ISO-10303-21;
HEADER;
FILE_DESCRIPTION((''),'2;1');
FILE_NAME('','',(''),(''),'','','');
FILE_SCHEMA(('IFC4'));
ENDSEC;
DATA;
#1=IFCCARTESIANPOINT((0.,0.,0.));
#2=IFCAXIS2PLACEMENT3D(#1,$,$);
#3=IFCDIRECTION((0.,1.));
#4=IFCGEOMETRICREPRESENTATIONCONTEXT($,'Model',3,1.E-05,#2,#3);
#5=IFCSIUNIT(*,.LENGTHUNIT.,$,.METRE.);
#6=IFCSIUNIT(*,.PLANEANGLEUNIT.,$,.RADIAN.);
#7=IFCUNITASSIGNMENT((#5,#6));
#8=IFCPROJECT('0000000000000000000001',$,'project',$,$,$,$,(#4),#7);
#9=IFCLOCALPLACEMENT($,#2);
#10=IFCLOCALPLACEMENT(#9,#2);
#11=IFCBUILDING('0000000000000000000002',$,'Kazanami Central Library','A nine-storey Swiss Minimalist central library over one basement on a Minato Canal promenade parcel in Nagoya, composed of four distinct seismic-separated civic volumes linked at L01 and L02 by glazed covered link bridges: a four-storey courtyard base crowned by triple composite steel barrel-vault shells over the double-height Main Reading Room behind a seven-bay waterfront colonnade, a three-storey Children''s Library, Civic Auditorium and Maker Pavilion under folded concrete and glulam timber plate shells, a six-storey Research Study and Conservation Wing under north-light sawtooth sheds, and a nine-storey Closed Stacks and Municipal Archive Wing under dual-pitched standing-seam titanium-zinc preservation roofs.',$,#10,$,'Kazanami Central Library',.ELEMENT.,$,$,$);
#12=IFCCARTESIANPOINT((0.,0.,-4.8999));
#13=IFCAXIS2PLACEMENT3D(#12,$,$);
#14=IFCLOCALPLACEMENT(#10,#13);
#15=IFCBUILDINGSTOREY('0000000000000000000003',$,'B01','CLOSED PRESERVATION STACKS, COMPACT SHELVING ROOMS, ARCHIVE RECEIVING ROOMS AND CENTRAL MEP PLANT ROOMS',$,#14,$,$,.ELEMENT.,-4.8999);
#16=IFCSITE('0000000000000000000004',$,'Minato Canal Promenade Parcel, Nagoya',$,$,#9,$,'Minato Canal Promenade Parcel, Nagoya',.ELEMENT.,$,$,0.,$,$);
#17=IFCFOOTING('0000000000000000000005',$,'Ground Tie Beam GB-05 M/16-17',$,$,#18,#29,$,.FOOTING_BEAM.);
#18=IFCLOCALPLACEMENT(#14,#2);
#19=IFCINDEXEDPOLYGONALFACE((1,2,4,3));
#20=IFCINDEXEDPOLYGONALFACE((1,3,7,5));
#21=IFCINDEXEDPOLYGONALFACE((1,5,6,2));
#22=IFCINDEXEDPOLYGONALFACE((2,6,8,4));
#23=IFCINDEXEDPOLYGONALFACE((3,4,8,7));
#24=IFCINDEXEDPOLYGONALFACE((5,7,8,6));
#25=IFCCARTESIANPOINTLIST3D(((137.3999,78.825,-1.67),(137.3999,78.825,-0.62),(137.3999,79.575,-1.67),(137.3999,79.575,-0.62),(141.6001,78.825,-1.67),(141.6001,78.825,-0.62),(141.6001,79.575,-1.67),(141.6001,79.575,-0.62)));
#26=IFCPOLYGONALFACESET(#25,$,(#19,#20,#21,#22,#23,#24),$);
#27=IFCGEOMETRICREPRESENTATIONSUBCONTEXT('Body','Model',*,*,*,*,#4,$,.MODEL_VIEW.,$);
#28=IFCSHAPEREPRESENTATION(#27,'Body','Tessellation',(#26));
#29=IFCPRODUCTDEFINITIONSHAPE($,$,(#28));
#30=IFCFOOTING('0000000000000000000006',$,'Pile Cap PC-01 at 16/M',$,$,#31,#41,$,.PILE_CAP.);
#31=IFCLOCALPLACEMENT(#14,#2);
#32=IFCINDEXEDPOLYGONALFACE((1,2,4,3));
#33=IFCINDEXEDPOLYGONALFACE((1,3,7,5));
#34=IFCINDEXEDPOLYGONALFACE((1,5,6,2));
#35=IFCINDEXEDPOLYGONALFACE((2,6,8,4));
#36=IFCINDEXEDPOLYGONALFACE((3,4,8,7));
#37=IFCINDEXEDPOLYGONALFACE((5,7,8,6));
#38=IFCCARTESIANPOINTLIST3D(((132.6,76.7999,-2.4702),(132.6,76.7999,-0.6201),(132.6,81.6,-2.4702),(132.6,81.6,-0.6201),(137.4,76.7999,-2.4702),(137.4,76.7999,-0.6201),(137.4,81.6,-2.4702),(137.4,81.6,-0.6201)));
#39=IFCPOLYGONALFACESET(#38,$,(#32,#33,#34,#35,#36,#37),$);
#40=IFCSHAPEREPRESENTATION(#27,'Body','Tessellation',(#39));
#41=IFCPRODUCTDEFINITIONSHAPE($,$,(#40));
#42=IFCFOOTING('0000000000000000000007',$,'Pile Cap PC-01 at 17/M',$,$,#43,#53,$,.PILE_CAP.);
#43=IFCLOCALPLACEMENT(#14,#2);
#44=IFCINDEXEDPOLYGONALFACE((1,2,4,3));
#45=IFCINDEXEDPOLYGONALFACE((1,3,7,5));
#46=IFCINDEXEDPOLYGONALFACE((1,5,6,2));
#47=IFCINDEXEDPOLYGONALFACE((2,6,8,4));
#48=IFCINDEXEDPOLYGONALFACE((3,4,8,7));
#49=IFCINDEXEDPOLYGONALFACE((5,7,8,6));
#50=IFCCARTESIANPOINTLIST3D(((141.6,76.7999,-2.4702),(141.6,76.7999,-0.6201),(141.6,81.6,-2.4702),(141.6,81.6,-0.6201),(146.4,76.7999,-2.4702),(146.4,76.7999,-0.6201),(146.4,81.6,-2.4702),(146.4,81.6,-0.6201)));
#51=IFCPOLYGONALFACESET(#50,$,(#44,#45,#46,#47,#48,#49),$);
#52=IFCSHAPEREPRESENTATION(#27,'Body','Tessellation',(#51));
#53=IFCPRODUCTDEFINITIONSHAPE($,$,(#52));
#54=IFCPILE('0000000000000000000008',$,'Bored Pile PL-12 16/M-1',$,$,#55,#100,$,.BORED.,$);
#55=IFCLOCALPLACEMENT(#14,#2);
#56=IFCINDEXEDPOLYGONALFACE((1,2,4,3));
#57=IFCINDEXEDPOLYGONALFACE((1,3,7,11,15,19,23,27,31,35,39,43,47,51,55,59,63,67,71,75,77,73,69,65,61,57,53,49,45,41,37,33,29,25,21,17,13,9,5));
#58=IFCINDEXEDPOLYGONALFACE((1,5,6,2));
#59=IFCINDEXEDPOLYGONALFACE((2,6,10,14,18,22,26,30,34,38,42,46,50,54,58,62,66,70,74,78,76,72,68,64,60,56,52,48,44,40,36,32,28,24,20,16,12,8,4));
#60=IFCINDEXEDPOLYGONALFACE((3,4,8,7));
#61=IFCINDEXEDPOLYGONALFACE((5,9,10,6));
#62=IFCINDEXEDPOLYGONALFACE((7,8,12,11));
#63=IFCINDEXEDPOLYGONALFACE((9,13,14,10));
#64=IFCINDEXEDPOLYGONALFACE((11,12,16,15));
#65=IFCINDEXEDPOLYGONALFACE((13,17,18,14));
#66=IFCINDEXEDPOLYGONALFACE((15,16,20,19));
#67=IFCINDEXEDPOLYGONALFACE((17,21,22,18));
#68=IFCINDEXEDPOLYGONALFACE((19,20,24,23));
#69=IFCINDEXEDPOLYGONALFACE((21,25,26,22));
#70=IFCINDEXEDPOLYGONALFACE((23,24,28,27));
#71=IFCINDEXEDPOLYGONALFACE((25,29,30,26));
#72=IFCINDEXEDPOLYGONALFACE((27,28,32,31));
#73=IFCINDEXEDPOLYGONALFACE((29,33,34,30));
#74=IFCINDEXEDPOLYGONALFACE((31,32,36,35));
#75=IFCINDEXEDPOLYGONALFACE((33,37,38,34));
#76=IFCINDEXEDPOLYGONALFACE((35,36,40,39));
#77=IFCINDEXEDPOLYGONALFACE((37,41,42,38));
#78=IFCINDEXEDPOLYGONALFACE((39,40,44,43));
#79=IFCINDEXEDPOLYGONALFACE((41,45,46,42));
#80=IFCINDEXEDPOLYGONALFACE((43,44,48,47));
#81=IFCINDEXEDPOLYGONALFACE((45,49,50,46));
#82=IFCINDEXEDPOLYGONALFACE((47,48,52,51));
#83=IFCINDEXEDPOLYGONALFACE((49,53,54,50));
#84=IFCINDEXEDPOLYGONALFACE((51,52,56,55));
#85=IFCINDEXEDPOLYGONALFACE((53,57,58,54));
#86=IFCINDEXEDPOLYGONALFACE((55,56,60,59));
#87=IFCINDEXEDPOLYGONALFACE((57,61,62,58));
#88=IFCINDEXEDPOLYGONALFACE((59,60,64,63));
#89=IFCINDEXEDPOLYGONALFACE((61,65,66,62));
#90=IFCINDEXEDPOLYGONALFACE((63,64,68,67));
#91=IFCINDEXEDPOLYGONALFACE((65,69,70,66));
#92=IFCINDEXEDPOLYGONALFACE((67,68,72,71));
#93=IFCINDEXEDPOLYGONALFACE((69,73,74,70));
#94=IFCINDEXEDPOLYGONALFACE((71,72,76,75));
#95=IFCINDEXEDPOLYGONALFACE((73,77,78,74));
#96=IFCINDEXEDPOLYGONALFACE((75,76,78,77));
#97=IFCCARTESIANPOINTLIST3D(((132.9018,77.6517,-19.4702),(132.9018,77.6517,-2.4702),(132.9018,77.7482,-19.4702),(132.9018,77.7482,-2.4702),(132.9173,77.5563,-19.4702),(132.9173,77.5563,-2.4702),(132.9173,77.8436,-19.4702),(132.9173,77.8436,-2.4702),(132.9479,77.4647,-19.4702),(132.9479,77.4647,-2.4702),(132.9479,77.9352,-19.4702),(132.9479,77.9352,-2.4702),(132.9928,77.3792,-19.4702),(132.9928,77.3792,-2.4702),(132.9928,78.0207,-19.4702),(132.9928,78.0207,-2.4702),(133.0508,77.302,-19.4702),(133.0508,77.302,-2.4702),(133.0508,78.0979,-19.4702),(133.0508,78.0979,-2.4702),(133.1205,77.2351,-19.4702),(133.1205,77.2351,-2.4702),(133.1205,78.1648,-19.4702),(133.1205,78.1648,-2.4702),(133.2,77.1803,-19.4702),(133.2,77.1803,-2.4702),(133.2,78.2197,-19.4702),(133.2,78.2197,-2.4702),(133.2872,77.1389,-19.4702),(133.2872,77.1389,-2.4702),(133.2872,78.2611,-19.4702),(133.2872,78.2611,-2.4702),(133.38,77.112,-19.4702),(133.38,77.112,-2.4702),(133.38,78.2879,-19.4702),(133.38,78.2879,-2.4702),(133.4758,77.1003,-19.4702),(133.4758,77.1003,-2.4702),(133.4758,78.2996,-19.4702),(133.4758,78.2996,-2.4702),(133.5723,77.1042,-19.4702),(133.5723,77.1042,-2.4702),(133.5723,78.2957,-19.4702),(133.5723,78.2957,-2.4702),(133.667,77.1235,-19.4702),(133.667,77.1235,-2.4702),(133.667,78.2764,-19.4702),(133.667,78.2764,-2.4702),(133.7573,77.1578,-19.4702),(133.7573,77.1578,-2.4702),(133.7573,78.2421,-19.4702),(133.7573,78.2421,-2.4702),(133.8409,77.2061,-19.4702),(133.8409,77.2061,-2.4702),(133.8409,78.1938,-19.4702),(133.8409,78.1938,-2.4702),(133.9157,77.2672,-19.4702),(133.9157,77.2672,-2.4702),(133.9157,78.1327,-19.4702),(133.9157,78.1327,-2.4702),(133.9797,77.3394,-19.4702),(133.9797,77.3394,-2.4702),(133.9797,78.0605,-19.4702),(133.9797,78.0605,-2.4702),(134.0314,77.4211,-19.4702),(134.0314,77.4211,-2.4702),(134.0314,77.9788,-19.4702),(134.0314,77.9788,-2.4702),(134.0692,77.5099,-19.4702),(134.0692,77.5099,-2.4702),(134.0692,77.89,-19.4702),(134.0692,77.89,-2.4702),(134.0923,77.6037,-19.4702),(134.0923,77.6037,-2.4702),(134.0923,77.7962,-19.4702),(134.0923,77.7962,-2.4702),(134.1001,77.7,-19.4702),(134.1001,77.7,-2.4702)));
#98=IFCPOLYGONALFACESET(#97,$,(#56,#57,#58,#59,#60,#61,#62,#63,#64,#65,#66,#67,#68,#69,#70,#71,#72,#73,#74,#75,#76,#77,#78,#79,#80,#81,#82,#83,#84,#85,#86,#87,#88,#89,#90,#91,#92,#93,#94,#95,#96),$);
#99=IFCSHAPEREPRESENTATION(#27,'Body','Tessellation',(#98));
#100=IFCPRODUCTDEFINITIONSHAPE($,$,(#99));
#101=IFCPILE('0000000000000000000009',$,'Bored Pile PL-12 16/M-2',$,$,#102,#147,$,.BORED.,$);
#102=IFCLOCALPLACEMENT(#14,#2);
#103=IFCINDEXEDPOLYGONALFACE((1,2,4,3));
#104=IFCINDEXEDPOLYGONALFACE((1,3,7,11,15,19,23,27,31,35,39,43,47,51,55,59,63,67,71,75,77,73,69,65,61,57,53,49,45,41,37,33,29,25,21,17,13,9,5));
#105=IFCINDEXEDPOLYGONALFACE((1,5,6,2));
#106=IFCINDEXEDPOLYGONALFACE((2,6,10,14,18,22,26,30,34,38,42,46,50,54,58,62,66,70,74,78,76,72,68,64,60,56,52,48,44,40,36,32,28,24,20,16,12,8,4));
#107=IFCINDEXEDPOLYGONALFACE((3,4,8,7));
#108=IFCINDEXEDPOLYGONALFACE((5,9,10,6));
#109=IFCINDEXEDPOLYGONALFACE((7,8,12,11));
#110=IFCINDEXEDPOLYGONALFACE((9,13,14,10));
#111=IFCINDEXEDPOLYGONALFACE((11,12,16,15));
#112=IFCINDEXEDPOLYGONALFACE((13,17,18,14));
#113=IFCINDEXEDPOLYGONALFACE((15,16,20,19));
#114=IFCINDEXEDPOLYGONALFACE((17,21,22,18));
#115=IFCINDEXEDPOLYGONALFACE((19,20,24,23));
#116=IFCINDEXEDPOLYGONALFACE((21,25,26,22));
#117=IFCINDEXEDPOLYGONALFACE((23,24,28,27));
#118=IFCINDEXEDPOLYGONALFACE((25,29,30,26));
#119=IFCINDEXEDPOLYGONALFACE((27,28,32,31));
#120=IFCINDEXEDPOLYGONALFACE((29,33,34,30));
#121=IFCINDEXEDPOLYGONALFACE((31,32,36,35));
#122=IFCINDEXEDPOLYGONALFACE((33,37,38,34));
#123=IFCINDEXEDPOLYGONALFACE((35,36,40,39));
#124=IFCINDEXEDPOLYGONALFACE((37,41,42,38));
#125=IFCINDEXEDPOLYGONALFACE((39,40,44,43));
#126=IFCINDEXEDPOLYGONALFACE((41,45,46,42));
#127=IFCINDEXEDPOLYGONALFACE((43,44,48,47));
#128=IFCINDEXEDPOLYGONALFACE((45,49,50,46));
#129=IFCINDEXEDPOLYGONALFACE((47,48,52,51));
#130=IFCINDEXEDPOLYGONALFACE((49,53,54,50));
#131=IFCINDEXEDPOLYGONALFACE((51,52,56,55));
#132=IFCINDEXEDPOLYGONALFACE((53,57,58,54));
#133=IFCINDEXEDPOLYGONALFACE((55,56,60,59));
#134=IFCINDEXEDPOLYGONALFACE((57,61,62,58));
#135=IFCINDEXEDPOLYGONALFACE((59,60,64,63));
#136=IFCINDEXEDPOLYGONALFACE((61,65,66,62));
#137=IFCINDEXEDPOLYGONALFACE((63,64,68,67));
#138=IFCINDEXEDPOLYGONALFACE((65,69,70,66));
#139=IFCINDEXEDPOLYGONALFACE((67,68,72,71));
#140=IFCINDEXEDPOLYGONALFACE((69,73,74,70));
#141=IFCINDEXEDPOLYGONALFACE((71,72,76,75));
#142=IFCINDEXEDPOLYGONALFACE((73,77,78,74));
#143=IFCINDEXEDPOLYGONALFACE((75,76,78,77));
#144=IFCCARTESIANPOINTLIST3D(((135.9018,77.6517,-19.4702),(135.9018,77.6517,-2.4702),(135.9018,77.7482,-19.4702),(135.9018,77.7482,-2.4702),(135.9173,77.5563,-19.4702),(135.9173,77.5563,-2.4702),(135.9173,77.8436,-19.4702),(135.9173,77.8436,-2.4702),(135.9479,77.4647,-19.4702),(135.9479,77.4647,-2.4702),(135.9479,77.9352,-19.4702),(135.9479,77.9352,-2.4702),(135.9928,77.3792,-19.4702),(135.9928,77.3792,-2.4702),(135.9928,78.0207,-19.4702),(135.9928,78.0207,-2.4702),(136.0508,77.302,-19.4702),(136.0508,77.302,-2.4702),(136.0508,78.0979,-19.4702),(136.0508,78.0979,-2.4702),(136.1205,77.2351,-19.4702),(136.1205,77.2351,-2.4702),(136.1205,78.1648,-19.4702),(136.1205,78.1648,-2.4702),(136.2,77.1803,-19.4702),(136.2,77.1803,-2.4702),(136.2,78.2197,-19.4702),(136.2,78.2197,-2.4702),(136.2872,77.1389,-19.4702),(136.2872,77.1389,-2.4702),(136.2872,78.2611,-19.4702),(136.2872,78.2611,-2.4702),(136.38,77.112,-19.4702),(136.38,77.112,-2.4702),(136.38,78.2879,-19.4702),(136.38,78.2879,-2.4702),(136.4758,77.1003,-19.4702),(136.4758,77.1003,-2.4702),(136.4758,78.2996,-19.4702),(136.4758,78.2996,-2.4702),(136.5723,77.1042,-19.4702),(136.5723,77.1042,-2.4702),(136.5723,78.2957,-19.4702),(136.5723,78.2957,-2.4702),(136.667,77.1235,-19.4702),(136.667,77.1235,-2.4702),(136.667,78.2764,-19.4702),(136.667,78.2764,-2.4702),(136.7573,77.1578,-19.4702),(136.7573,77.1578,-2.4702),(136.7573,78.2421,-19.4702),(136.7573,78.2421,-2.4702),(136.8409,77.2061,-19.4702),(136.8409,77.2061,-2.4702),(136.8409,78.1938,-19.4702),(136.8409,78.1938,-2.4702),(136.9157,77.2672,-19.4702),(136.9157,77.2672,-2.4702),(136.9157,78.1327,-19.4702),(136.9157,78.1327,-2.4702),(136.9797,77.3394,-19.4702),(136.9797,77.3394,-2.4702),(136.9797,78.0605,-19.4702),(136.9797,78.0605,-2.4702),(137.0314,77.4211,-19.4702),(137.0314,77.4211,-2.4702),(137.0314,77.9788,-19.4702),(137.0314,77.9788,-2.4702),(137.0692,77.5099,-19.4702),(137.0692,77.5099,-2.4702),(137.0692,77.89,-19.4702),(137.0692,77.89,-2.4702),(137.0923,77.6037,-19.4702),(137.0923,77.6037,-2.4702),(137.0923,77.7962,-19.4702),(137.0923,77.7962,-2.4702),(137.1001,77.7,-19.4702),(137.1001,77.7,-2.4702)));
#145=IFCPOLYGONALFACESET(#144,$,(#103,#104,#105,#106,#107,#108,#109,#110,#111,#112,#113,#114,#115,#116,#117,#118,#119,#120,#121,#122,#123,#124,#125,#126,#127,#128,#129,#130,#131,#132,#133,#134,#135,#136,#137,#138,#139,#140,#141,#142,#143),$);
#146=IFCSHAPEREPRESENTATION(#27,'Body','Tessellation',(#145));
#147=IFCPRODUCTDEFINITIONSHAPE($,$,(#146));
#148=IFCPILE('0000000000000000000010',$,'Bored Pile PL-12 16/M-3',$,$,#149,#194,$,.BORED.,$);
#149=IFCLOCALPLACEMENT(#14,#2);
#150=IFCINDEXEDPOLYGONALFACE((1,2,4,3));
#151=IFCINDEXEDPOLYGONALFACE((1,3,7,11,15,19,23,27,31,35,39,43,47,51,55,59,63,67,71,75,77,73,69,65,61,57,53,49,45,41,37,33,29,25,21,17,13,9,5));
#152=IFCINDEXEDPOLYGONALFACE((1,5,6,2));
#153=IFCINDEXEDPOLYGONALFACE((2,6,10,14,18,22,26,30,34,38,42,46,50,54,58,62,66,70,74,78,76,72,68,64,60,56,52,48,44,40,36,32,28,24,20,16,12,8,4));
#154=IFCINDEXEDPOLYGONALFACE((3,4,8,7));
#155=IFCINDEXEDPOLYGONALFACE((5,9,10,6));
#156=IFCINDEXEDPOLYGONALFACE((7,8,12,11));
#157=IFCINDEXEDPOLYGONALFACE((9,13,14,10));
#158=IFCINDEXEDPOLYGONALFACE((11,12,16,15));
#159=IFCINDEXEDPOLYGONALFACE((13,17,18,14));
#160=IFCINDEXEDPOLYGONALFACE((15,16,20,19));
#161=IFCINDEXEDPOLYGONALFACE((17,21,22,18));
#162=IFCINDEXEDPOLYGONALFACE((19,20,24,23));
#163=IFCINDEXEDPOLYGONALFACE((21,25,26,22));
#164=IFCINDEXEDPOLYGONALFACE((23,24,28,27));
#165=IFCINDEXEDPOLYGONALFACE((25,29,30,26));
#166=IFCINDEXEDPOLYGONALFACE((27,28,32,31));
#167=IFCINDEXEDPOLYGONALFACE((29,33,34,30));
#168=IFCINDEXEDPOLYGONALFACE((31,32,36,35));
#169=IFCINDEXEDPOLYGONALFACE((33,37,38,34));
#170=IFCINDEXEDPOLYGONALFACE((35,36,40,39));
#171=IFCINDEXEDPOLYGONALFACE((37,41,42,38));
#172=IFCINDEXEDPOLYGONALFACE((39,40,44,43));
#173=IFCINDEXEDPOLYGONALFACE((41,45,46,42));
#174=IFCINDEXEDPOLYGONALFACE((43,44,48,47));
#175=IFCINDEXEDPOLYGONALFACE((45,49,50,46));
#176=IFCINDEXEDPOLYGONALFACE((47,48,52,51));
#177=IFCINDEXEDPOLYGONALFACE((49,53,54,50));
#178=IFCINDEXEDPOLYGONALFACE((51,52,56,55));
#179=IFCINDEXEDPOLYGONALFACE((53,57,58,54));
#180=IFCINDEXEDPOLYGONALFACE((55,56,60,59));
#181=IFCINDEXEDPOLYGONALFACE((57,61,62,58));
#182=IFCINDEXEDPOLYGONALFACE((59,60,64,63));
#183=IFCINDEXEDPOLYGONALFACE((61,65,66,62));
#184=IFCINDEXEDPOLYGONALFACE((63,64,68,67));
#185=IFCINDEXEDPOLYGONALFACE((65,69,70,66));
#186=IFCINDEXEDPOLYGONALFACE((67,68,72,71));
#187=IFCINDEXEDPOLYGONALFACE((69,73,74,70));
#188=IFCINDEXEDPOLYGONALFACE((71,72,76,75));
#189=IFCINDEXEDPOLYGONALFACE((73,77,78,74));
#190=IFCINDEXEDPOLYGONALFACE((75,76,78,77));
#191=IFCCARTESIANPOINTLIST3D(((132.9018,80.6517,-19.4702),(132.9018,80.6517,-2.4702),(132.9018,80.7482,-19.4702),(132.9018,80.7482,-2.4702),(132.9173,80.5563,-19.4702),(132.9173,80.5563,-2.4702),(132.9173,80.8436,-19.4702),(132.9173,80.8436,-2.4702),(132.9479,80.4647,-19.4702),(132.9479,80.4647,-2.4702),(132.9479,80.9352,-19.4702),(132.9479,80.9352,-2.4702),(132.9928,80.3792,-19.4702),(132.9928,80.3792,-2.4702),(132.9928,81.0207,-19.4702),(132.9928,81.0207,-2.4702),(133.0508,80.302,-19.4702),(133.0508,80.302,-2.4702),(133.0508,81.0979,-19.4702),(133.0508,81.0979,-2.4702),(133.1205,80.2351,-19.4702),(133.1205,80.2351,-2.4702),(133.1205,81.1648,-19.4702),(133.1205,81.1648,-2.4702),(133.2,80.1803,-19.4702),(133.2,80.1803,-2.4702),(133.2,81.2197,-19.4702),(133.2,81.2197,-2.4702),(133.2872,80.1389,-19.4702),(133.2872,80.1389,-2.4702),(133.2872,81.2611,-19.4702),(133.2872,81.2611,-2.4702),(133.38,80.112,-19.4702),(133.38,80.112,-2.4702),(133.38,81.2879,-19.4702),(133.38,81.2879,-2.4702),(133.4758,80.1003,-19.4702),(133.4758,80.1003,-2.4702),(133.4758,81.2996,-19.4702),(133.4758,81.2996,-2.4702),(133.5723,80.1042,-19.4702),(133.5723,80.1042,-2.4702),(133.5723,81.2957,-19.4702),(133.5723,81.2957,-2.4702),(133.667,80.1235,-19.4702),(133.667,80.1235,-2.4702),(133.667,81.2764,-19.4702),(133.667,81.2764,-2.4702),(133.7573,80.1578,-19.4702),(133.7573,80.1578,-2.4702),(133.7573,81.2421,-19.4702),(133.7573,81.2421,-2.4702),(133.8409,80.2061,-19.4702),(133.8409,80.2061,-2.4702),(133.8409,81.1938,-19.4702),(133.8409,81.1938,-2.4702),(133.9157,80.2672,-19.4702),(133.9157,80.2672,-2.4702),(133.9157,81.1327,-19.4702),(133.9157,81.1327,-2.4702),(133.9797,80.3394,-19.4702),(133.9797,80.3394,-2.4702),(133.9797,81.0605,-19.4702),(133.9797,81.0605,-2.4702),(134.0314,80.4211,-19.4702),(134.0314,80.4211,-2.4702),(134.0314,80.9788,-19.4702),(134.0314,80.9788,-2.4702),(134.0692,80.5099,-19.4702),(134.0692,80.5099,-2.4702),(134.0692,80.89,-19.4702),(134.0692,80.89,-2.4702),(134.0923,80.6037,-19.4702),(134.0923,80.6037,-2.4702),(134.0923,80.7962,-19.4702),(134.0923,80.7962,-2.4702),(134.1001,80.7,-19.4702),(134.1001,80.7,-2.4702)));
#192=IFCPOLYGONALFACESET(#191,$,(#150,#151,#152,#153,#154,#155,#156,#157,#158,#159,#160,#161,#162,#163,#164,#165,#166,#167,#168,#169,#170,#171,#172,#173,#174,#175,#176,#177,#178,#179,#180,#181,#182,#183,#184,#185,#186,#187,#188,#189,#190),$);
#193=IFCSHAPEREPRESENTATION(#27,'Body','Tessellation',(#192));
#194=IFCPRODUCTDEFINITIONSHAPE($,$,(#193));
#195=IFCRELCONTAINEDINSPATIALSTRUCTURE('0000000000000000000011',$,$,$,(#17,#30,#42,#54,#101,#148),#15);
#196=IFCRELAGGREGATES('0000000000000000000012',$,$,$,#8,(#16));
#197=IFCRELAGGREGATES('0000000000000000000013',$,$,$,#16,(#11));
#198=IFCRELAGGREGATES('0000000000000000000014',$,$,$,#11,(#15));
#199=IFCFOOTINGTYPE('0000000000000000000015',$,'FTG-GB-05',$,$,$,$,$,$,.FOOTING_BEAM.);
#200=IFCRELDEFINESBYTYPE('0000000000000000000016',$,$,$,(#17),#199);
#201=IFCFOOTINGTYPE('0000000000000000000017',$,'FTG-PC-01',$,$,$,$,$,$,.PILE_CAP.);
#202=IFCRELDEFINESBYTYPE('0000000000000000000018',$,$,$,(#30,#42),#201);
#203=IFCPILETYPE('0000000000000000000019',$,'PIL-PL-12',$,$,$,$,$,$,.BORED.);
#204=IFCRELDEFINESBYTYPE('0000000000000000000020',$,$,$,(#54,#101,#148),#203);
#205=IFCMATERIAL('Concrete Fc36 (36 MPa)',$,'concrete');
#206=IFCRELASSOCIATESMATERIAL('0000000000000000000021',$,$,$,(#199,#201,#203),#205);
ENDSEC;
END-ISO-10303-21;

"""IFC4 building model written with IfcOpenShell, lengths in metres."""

from ifc_helpers import new_model, si_unit, direction, frame, origin, origin_2d, place, context, subcontext, project, spatial, rectangle, circle, extrude, material, material_profile, profile_set, type_object, element, save


model = new_model("IFC4")

# Units and contexts
model_context = context("Model", 3, precision=1e-05, world=origin(), true_north=direction((0.0, 1.0)))
body_context = subcontext(model_context, "Body", "Model", "MODEL_VIEW")
ifc_project = project(units=[si_unit("LENGTHUNIT", "METRE"), si_unit("PLANEANGLEUNIT", "RADIAN")], contexts=[model_context])

# Site, building, storey
site_placement = place(None, origin())
site = spatial("IfcSite", under=ifc_project, at=site_placement, Name="Minato Canal Promenade Parcel, Nagoya", LongName="Minato Canal Promenade Parcel, Nagoya", CompositionType="ELEMENT", RefElevation=0.0)
building_placement = place(site_placement, origin())
building = spatial("IfcBuilding", under=site, at=building_placement, Name="Kazanami Central Library", Description="A nine-storey Swiss Minimalist central library over one basement on a Minato Canal promenade parcel in Nagoya, composed of four distinct seismic-separated civic volumes linked at L01 and L02 by glazed covered link bridges: a four-storey courtyard base crowned by triple composite steel barrel-vault shells over the double-height Main Reading Room behind a seven-bay waterfront colonnade, a three-storey Children's Library, Civic Auditorium and Maker Pavilion under folded concrete and glulam timber plate shells, a six-storey Research Study and Conservation Wing under north-light sawtooth sheds, and a nine-storey Closed Stacks and Municipal Archive Wing under dual-pitched standing-seam titanium-zinc preservation roofs.", LongName="Kazanami Central Library", CompositionType="ELEMENT")
storey_placement = place(building_placement, frame((0.0, 0.0, -4.8999)))
storey = spatial("IfcBuildingStorey", under=building, at=storey_placement, Name="B01", Description="CLOSED PRESERVATION STACKS, COMPACT SHELVING ROOMS, ARCHIVE RECEIVING ROOMS AND CENTRAL MEP PLANT ROOMS", CompositionType="ELEMENT", Elevation=-4.8999)

# Footings
ifc_material_1 = material(Name="Concrete Fc36 (36 MPa)", Category="concrete")
ifc_material_profile_1 = material_profile(ifc_material_1, rectangle(XDim=0.75, YDim=1.05, at=origin_2d()), Name="RC-750x1050")
ifc_profile_set_1 = profile_set([ifc_material_profile_1], Name="Concrete Fc36 (36 MPa)")
footing_type_1 = type_object("IfcFootingType", Name="FTG-GB-05", PredefinedType="FOOTING_BEAM", material=ifc_profile_set_1)
footing_placement = place(storey_placement, frame((137.3999, 79.2, -1.145), z_axis=(1.0, 0.0, 0.0), x_axis=(0.0, 1.0, 0.0)))
element("IfcFooting", 1, at=footing_placement, inside=storey, type_object=footing_type_1, Name="Ground Tie Beam GB-05 M/16-17", PredefinedType="FOOTING_BEAM", context=body_context, shape_type="SweptSolid", body=[
    extrude(rectangle(XDim=0.75, YDim=1.05, at=origin_2d()), origin(), (0.0, 0.0, 1.0), 4.2002),
])
footing_type_2 = type_object("IfcFootingType", Name="FTG-PC-01", PredefinedType="PILE_CAP", material=ifc_material_1)
for number, where, z_axis, x_axis, name in (
    (2, (135.0, 79.2, -2.4702), (0.0, 0.0, 1.0), (1.0, 0.0, 0.0), "Pile Cap PC-01 at 16/M"),
    (3, (144.0, 79.2, -2.4702), (0.0, 0.0, 1.0), (1.0, 0.0, 0.0), "Pile Cap PC-01 at 17/M"),
):
    element("IfcFooting", number, at=place(storey_placement, frame(where, z_axis=z_axis, x_axis=x_axis)), inside=storey, type_object=footing_type_2, Name=name, PredefinedType="PILE_CAP", context=body_context, shape_type="SweptSolid", body=[
        extrude(rectangle(XDim=4.8, YDim=4.8, at=origin_2d()), origin(), (0.0, 0.0, 1.0), 1.8501),
    ])

# Piles
ifc_material_profile_2 = material_profile(ifc_material_1, circle(Radius=0.6001, at=origin_2d()), Name="BORED-D1200")
ifc_profile_set_2 = profile_set([ifc_material_profile_2], Name="Concrete Fc36 (36 MPa)")
pile_type = type_object("IfcPileType", Name="PIL-PL-12", PredefinedType="BORED", material=ifc_profile_set_2)
for number, where, z_axis, x_axis, name in (
    (4, (133.5, 77.7, -2.4702), (0.0, 0.0, -1.0), (1.0, 0.0, 0.0), "Bored Pile PL-12 16/M-1"),
    (5, (136.5, 77.7, -2.4702), (0.0, 0.0, -1.0), (1.0, 0.0, 0.0), "Bored Pile PL-12 16/M-2"),
    (6, (133.5, 80.7, -2.4702), (0.0, 0.0, -1.0), (1.0, 0.0, 0.0), "Bored Pile PL-12 16/M-3"),
):
    element("IfcPile", number, at=place(storey_placement, frame(where, z_axis=z_axis, x_axis=x_axis)), inside=storey, type_object=pile_type, Name=name, PredefinedType="BORED", context=body_context, shape_type="SweptSolid", body=[
        extrude(circle(Radius=0.6001, at=origin_2d()), origin(), (0.0, 0.0, 1.0), 17.0),
    ])

save(model, "model.ifc")
